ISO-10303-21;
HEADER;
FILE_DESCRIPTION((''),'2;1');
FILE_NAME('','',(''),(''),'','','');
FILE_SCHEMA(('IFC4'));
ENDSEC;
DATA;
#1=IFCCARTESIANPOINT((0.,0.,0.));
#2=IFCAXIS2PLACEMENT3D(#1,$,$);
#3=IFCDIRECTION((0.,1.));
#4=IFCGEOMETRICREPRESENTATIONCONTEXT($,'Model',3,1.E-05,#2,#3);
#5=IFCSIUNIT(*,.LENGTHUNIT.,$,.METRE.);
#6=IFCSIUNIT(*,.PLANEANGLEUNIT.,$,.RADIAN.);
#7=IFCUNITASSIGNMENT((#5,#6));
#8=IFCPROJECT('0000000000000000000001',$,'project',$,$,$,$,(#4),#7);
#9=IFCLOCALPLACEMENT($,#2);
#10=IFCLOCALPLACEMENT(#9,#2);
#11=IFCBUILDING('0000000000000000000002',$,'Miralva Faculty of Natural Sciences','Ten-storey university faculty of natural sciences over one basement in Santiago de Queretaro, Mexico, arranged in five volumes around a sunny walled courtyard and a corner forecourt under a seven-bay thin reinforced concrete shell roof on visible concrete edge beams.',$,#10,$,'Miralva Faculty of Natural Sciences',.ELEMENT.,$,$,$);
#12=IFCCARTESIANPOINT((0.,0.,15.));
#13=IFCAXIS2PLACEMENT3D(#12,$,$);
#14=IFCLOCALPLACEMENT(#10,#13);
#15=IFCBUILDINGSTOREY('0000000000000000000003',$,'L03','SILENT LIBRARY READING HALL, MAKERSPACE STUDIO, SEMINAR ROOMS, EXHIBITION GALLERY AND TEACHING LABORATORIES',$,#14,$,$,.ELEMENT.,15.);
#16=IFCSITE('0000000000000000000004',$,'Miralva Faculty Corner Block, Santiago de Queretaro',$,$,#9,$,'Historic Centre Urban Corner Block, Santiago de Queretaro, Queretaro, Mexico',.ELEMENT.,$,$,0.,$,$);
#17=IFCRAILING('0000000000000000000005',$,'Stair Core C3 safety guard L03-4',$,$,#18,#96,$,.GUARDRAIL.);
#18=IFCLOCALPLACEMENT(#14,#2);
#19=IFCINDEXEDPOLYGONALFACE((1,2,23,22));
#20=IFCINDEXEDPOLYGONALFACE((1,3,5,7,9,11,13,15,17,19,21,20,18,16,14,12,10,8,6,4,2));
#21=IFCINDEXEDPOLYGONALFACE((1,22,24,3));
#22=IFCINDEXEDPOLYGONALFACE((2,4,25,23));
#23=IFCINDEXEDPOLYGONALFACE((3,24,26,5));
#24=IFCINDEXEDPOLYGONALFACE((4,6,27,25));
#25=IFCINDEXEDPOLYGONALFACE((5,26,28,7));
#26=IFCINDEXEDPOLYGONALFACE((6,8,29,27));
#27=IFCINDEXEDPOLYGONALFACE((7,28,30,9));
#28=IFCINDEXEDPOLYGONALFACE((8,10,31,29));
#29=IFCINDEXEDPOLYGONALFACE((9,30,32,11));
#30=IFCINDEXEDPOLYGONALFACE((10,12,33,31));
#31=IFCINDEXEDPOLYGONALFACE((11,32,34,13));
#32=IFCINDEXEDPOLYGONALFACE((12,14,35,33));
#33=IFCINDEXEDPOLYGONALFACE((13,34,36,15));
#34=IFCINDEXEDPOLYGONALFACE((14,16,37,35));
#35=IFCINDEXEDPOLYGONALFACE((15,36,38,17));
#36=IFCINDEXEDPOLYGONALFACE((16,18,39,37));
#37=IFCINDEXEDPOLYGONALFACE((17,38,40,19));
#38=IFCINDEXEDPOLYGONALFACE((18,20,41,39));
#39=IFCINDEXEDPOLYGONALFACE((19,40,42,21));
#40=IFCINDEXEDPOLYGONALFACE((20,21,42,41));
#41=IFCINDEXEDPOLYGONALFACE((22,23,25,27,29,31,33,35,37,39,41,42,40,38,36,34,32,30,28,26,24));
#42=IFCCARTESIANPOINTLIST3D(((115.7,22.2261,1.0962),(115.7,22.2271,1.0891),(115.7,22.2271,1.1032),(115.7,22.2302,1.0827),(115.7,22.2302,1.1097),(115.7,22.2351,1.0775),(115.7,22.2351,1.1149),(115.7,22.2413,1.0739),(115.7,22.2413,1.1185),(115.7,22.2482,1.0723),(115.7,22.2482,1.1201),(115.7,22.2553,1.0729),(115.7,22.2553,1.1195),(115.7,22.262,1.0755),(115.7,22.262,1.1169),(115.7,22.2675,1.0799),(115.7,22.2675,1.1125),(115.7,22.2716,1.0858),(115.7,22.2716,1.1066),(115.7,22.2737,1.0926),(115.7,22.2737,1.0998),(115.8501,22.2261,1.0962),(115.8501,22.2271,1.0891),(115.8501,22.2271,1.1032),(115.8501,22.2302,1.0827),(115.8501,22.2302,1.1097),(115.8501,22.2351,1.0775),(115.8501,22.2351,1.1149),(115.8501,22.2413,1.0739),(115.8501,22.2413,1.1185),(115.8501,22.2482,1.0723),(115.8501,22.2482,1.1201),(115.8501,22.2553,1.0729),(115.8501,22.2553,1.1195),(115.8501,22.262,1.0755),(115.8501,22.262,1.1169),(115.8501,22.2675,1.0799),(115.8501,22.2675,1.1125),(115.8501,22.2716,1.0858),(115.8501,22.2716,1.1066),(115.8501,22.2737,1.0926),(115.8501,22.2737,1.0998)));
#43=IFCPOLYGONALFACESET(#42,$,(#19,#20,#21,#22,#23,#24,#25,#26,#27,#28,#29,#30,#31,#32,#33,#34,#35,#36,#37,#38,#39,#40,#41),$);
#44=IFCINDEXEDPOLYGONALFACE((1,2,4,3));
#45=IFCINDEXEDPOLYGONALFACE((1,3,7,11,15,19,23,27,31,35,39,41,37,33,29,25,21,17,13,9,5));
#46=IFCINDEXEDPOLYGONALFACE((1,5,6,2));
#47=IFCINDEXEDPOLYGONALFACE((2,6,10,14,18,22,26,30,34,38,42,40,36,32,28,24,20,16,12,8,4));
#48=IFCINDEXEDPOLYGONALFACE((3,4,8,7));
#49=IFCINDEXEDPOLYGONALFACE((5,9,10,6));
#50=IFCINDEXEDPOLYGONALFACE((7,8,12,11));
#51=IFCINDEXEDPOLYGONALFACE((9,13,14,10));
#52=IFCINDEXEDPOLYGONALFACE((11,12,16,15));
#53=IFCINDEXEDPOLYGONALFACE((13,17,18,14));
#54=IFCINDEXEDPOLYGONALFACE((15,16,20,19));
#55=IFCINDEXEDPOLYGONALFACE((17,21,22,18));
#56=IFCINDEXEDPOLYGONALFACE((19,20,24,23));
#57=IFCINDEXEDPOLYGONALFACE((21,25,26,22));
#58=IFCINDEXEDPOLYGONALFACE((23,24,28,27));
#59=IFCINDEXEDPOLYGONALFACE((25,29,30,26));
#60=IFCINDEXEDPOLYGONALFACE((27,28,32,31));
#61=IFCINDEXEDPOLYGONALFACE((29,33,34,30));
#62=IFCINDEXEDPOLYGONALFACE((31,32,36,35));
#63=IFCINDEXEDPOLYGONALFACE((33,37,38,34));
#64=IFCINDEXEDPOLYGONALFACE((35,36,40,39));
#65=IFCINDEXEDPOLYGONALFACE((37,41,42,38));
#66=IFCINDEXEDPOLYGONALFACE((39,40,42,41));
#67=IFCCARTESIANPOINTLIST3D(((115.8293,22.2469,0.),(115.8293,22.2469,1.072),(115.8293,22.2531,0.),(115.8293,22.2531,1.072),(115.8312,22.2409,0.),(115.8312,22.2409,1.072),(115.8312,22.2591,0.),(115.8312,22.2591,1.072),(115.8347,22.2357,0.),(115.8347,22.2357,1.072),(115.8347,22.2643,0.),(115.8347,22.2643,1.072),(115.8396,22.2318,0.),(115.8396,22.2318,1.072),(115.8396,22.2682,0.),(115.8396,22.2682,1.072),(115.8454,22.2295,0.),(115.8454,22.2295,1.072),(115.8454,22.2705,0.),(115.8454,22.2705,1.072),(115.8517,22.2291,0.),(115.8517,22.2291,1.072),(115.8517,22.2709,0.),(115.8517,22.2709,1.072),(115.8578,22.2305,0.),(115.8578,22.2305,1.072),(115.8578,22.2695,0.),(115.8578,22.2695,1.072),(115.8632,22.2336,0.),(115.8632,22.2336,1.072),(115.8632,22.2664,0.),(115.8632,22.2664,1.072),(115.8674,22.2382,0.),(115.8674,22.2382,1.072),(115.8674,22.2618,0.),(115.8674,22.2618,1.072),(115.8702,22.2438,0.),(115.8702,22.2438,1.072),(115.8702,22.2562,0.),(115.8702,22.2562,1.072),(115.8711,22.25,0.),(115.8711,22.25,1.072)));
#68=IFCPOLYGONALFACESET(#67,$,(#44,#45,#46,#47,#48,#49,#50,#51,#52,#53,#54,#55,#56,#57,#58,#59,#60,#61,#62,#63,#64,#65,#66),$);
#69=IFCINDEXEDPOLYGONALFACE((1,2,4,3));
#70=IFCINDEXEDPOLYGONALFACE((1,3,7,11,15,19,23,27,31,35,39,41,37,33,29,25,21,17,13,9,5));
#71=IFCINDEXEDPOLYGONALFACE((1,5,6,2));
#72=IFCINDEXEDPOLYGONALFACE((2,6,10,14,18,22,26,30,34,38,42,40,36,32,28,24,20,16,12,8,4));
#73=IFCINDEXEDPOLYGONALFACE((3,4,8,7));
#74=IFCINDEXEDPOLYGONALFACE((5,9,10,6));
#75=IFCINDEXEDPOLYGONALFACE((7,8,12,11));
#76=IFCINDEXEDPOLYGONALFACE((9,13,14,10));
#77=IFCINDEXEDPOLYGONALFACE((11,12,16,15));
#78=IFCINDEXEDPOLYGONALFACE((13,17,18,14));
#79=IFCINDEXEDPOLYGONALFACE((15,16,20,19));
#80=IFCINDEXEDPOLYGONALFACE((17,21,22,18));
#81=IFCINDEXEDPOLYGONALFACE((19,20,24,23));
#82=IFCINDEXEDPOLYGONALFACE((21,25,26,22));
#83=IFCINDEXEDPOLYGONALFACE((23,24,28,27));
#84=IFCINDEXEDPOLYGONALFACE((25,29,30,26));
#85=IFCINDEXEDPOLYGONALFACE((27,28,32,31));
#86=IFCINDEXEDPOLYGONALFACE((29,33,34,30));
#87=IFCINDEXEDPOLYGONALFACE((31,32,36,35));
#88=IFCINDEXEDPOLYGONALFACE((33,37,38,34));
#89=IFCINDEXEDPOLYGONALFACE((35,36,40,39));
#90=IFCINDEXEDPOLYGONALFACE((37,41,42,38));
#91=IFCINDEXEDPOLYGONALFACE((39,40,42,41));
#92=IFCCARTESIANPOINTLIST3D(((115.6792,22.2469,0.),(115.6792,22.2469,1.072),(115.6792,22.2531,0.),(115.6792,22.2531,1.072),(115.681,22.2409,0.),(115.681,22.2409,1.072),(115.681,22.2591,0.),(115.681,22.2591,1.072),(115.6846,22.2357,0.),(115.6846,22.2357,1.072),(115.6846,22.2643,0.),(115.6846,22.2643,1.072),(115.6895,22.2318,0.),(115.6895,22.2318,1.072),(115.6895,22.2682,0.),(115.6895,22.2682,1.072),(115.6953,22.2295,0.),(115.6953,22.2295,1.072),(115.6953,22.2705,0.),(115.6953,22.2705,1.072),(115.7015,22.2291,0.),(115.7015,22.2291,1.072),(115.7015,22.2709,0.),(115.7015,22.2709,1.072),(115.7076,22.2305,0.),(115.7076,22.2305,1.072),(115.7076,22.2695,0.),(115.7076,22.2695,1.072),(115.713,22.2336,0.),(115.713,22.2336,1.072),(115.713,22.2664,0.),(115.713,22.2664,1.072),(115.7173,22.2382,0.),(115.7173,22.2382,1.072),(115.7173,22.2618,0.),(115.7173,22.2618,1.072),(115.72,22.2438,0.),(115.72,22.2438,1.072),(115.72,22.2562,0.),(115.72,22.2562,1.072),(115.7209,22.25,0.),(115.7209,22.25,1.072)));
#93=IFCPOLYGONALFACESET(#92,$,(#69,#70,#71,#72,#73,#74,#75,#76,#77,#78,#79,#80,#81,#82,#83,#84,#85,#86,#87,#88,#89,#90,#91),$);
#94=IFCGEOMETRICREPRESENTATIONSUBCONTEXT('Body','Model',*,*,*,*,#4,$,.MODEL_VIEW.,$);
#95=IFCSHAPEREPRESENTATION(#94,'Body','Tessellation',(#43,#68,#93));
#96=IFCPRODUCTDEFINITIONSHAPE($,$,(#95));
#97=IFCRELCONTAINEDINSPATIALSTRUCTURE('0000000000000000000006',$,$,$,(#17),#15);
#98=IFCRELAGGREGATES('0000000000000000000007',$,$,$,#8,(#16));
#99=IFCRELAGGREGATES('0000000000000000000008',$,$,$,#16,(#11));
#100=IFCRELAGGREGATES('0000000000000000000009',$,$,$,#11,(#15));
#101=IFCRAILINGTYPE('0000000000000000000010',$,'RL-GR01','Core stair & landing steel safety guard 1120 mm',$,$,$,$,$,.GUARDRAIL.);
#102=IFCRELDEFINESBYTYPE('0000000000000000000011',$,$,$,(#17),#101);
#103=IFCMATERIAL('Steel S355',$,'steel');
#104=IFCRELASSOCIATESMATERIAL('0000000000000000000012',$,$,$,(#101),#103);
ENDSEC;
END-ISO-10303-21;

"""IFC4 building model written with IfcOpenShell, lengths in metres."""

from ifc_helpers import new_model, si_unit, direction, frame, origin, origin_2d, place, context, subcontext, project, spatial, circle, extrude, material, type_object, element, save


model = new_model("IFC4")

# Units and contexts
model_context = context("Model", 3, precision=1e-05, world=origin(), true_north=direction((0.0, 1.0)))
body_context = subcontext(model_context, "Body", "Model", "MODEL_VIEW")
ifc_project = project(units=[si_unit("LENGTHUNIT", "METRE"), si_unit("PLANEANGLEUNIT", "RADIAN")], contexts=[model_context])

# Site, building, storey
site_placement = place(None, origin())
site = spatial("IfcSite", under=ifc_project, at=site_placement, Name="Miralva Faculty Corner Block, Santiago de Queretaro", LongName="Historic Centre Urban Corner Block, Santiago de Queretaro, Queretaro, Mexico", CompositionType="ELEMENT", RefElevation=0.0)
building_placement = place(site_placement, origin())
building = spatial("IfcBuilding", under=site, at=building_placement, Name="Miralva Faculty of Natural Sciences", Description="Ten-storey university faculty of natural sciences over one basement in Santiago de Queretaro, Mexico, arranged in five volumes around a sunny walled courtyard and a corner forecourt under a seven-bay thin reinforced concrete shell roof on visible concrete edge beams.", LongName="Miralva Faculty of Natural Sciences", CompositionType="ELEMENT")
storey_placement = place(building_placement, frame((0.0, 0.0, 15.0)))
storey = spatial("IfcBuildingStorey", under=building, at=storey_placement, Name="L03", Description="SILENT LIBRARY READING HALL, MAKERSPACE STUDIO, SEMINAR ROOMS, EXHIBITION GALLERY AND TEACHING LABORATORIES", CompositionType="ELEMENT", Elevation=15.0)

# Railing
ifc_material_1 = material(Name="Steel S355", Category="steel")
railing_type_1 = type_object("IfcRailingType", Name="RL-GR01", Description="Core stair & landing steel safety guard 1120 mm", PredefinedType="GUARDRAIL", material=ifc_material_1)
railing_1_placement = place(storey_placement, frame((115.8501, 22.25, 0.0)))
element("IfcRailing", 1, at=railing_1_placement, inside=storey, type_object=railing_type_1, Name="Stair Core C3 safety guard L03-4", PredefinedType="GUARDRAIL", context=body_context, shape_type="SweptSolid", body=[
    extrude(circle(Radius=0.0239, at=origin_2d()), frame((0.0, 0.0, 1.0962), z_axis=(-1.0, 0.0, 0.0), x_axis=(0.0, -1.0, 0.0)), (0.0, 0.0, 1.0), 0.1501),
    extrude(circle(Radius=0.021, at=origin_2d()), origin(), (0.0, 0.0, 1.0), 1.072),
    extrude(circle(Radius=0.021, at=origin_2d()), frame((-0.1501, 0.0, 0.0)), (0.0, 0.0, 1.0), 1.072),
])

save(model, "model.ifc")
